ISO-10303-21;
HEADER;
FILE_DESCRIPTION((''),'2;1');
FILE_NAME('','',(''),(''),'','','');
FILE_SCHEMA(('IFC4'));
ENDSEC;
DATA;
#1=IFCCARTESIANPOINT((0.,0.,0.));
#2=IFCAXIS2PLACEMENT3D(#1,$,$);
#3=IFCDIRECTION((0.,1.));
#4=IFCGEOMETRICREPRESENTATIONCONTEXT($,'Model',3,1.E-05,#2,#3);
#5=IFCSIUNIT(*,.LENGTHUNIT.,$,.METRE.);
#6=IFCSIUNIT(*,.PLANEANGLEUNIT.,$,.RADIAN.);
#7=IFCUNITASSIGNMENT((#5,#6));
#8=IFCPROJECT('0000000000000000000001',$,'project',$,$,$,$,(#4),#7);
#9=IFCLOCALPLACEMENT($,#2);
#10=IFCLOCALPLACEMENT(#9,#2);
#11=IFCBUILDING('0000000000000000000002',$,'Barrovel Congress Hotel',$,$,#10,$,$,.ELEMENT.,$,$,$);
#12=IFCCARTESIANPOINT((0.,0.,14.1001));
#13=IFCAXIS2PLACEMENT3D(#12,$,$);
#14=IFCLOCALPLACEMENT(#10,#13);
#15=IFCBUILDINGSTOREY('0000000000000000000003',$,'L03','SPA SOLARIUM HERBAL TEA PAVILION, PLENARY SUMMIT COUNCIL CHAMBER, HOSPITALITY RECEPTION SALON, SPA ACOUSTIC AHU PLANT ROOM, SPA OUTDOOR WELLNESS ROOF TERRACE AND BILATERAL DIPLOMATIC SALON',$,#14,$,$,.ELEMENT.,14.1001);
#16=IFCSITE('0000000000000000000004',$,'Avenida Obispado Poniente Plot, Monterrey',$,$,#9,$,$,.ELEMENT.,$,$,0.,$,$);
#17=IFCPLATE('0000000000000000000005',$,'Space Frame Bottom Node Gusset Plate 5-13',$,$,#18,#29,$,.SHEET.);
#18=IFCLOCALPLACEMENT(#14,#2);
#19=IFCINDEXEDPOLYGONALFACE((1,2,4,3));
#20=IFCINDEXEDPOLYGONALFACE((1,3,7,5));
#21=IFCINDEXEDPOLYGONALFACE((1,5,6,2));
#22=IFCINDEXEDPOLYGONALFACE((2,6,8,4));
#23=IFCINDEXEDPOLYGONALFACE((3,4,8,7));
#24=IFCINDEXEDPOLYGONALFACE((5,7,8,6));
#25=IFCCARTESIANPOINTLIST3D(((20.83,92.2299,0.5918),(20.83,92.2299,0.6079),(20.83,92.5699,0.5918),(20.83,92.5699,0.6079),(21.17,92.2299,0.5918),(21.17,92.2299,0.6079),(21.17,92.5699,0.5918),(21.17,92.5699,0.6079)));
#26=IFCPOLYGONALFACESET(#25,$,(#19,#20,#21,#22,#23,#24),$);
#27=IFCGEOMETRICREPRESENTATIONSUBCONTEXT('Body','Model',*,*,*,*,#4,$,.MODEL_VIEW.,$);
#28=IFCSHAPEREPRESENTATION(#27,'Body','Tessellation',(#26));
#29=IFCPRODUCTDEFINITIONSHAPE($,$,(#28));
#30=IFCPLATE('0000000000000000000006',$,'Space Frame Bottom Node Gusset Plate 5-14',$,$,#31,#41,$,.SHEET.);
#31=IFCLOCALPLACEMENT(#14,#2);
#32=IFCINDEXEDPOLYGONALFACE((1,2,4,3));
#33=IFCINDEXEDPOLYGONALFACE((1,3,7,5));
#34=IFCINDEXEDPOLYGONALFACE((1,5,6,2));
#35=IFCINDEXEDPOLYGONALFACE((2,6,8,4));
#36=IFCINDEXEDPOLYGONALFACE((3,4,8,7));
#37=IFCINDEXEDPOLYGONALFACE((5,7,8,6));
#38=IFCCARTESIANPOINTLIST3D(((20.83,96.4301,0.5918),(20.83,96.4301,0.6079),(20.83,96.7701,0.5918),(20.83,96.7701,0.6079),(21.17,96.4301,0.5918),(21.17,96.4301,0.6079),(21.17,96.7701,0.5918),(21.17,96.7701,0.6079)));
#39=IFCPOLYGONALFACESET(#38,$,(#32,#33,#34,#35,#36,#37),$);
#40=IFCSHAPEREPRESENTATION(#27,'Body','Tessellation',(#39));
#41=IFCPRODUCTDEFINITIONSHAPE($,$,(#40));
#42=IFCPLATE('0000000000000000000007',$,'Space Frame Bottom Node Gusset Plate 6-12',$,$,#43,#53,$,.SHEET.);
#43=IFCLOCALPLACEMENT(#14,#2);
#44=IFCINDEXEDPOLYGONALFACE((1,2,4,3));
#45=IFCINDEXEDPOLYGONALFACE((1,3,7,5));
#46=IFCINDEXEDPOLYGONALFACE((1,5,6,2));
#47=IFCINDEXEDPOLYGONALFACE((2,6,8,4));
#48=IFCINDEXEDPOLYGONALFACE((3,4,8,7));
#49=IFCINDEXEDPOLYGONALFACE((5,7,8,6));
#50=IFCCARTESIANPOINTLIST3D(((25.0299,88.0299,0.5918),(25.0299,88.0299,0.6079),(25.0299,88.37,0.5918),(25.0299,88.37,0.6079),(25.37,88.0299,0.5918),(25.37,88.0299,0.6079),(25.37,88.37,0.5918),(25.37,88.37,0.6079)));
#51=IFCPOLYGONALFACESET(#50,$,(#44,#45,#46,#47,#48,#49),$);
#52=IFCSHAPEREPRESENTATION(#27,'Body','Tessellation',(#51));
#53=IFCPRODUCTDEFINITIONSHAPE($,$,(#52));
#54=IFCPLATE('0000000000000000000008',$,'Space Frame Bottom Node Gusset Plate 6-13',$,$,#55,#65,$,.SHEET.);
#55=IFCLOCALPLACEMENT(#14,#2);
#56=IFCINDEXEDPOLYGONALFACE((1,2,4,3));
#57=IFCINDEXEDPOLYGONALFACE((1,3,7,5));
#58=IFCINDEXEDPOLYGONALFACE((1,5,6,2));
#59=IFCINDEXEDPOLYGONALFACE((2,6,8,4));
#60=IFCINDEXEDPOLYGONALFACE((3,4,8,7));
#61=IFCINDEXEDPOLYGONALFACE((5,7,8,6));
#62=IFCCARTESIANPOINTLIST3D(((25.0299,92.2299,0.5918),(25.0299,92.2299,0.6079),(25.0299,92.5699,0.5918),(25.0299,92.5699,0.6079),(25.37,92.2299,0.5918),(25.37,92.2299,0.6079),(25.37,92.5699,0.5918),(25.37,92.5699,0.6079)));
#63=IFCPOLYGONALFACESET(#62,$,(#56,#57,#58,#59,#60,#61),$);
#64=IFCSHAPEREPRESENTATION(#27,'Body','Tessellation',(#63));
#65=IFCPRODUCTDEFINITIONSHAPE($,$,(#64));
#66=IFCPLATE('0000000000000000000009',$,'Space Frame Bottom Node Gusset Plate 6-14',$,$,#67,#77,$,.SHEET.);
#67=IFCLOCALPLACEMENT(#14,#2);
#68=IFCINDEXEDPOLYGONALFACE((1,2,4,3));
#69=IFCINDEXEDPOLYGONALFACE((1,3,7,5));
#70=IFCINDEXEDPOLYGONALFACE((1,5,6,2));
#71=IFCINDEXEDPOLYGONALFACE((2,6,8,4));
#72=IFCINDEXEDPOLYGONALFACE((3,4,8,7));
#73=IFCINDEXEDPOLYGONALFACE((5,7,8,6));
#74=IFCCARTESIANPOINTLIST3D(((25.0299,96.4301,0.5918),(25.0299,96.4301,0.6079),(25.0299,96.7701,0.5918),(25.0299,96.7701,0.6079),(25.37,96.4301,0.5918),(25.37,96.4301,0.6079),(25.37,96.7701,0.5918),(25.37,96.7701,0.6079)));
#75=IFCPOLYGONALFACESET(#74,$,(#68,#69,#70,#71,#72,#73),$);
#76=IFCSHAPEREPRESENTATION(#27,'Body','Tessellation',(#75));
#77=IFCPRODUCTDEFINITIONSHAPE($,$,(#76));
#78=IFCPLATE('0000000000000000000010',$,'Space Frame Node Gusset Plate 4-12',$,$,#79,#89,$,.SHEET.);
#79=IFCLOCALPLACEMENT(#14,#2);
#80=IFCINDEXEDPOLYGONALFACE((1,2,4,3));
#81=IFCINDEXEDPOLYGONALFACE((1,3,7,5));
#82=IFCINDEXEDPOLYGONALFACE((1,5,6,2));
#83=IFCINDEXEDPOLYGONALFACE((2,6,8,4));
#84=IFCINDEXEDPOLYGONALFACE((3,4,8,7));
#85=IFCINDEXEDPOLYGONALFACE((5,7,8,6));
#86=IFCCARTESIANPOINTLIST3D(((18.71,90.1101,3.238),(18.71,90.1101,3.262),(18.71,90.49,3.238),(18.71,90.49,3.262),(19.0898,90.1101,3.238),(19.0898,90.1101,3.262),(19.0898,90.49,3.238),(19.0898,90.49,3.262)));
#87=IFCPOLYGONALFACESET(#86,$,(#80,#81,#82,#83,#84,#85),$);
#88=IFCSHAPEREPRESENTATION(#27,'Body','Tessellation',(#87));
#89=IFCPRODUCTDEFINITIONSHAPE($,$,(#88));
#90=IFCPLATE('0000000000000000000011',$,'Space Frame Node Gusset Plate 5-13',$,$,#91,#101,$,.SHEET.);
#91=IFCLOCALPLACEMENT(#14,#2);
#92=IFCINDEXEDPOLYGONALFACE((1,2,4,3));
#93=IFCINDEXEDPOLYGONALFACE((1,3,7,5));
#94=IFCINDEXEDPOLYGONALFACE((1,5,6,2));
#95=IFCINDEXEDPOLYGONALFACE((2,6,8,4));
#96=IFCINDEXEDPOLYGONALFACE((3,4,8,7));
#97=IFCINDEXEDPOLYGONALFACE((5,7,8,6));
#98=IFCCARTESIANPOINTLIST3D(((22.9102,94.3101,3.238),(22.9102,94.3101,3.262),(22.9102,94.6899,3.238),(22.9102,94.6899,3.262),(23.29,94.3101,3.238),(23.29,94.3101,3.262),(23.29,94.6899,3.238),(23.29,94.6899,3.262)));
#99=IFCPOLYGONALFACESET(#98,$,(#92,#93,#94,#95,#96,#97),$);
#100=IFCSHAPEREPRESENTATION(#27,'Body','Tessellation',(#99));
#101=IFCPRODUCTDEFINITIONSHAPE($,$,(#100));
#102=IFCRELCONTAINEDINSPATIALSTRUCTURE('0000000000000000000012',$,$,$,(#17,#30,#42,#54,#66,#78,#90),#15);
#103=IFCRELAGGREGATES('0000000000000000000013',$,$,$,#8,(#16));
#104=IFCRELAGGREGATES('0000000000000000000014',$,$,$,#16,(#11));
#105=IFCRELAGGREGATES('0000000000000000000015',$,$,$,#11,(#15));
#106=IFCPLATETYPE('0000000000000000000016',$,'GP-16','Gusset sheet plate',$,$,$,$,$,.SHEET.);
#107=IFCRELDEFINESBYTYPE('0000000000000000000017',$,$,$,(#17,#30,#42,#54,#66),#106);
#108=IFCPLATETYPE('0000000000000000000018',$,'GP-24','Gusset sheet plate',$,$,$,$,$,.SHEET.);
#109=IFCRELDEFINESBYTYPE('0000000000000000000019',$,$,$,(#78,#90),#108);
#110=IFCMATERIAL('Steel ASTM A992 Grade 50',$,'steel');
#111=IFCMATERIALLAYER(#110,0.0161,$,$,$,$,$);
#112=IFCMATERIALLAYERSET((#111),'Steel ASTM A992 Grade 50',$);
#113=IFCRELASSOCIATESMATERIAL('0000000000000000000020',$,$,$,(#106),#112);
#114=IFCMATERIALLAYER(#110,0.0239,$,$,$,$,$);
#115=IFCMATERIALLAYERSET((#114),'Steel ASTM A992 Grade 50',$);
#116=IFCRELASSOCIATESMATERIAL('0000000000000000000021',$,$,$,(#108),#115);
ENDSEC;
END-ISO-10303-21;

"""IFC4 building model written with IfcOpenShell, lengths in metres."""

from ifc_helpers import new_model, si_unit, direction, frame, origin, origin_2d, place, context, subcontext, project, spatial, rectangle, extrude, material, layer, layer_set, type_object, element, save


model = new_model("IFC4")

# Units and contexts
model_context = context("Model", 3, precision=1e-05, world=origin(), true_north=direction((0.0, 1.0)))
body_context = subcontext(model_context, "Body", "Model", "MODEL_VIEW")
ifc_project = project(units=[si_unit("LENGTHUNIT", "METRE"), si_unit("PLANEANGLEUNIT", "RADIAN")], contexts=[model_context])

# Site, building, storey
site_placement = place(None, origin())
site = spatial("IfcSite", under=ifc_project, at=site_placement, Name="Avenida Obispado Poniente Plot, Monterrey", CompositionType="ELEMENT", RefElevation=0.0)
building_placement = place(site_placement, origin())
building = spatial("IfcBuilding", under=site, at=building_placement, Name="Barrovel Congress Hotel", CompositionType="ELEMENT")
storey_placement = place(building_placement, frame((0.0, 0.0, 14.1001)))
storey = spatial("IfcBuildingStorey", under=building, at=storey_placement, Name="L03", Description="SPA SOLARIUM HERBAL TEA PAVILION, PLENARY SUMMIT COUNCIL CHAMBER, HOSPITALITY RECEPTION SALON, SPA ACOUSTIC AHU PLANT ROOM, SPA OUTDOOR WELLNESS ROOF TERRACE AND BILATERAL DIPLOMATIC SALON", CompositionType="ELEMENT", Elevation=14.1001)

# Plates
ifc_material_1 = material(Name="Steel ASTM A992 Grade 50", Category="steel")
ifc_layer_1 = layer(ifc_material_1, 0.0161)
ifc_layer_set_1 = layer_set([ifc_layer_1], Name="Steel ASTM A992 Grade 50")
plate_type_1 = type_object("IfcPlateType", Name="GP-16", Description="Gusset sheet plate", PredefinedType="SHEET", material=ifc_layer_set_1)
for number, where, z_axis, x_axis, name in (
    (1, (21.0, 92.3999, 0.5918), (0.0, 0.0, 1.0), (1.0, 0.0, 0.0), "Space Frame Bottom Node Gusset Plate 5-13"),
    (2, (21.0, 96.6001, 0.5918), (0.0, 0.0, 1.0), (1.0, 0.0, 0.0), "Space Frame Bottom Node Gusset Plate 5-14"),
    (3, (25.2, 88.2, 0.5918), (0.0, 0.0, 1.0), (1.0, 0.0, 0.0), "Space Frame Bottom Node Gusset Plate 6-12"),
    (4, (25.2, 92.3999, 0.5918), (0.0, 0.0, 1.0), (1.0, 0.0, 0.0), "Space Frame Bottom Node Gusset Plate 6-13"),
    (5, (25.2, 96.6001, 0.5918), (0.0, 0.0, 1.0), (1.0, 0.0, 0.0), "Space Frame Bottom Node Gusset Plate 6-14"),
):
    element("IfcPlate", number, at=place(storey_placement, frame(where, z_axis=z_axis, x_axis=x_axis)), inside=storey, type_object=plate_type_1, Name=name, PredefinedType="SHEET", context=body_context, shape_type="SweptSolid", body=[
        extrude(rectangle(XDim=0.3401, YDim=0.3401, at=origin_2d()), origin(), (0.0, 0.0, 1.0), 0.0161),
    ])
ifc_layer_2 = layer(ifc_material_1, 0.0239)
ifc_layer_set_2 = layer_set([ifc_layer_2], Name="Steel ASTM A992 Grade 50")
plate_type_2 = type_object("IfcPlateType", Name="GP-24", Description="Gusset sheet plate", PredefinedType="SHEET", material=ifc_layer_set_2)
for number, where, z_axis, x_axis, name in (
    (6, (18.8999, 90.3, 3.238), (0.0, 0.0, 1.0), (1.0, 0.0, 0.0), "Space Frame Node Gusset Plate 4-12"),
    (7, (23.1001, 94.5, 3.238), (0.0, 0.0, 1.0), (1.0, 0.0, 0.0), "Space Frame Node Gusset Plate 5-13"),
):
    element("IfcPlate", number, at=place(storey_placement, frame(where, z_axis=z_axis, x_axis=x_axis)), inside=storey, type_object=plate_type_2, Name=name, PredefinedType="SHEET", context=body_context, shape_type="SweptSolid", body=[
        extrude(rectangle(XDim=0.3799, YDim=0.3799, at=origin_2d()), origin(), (0.0, 0.0, 1.0), 0.0239),
    ])

save(model, "model.ifc")
